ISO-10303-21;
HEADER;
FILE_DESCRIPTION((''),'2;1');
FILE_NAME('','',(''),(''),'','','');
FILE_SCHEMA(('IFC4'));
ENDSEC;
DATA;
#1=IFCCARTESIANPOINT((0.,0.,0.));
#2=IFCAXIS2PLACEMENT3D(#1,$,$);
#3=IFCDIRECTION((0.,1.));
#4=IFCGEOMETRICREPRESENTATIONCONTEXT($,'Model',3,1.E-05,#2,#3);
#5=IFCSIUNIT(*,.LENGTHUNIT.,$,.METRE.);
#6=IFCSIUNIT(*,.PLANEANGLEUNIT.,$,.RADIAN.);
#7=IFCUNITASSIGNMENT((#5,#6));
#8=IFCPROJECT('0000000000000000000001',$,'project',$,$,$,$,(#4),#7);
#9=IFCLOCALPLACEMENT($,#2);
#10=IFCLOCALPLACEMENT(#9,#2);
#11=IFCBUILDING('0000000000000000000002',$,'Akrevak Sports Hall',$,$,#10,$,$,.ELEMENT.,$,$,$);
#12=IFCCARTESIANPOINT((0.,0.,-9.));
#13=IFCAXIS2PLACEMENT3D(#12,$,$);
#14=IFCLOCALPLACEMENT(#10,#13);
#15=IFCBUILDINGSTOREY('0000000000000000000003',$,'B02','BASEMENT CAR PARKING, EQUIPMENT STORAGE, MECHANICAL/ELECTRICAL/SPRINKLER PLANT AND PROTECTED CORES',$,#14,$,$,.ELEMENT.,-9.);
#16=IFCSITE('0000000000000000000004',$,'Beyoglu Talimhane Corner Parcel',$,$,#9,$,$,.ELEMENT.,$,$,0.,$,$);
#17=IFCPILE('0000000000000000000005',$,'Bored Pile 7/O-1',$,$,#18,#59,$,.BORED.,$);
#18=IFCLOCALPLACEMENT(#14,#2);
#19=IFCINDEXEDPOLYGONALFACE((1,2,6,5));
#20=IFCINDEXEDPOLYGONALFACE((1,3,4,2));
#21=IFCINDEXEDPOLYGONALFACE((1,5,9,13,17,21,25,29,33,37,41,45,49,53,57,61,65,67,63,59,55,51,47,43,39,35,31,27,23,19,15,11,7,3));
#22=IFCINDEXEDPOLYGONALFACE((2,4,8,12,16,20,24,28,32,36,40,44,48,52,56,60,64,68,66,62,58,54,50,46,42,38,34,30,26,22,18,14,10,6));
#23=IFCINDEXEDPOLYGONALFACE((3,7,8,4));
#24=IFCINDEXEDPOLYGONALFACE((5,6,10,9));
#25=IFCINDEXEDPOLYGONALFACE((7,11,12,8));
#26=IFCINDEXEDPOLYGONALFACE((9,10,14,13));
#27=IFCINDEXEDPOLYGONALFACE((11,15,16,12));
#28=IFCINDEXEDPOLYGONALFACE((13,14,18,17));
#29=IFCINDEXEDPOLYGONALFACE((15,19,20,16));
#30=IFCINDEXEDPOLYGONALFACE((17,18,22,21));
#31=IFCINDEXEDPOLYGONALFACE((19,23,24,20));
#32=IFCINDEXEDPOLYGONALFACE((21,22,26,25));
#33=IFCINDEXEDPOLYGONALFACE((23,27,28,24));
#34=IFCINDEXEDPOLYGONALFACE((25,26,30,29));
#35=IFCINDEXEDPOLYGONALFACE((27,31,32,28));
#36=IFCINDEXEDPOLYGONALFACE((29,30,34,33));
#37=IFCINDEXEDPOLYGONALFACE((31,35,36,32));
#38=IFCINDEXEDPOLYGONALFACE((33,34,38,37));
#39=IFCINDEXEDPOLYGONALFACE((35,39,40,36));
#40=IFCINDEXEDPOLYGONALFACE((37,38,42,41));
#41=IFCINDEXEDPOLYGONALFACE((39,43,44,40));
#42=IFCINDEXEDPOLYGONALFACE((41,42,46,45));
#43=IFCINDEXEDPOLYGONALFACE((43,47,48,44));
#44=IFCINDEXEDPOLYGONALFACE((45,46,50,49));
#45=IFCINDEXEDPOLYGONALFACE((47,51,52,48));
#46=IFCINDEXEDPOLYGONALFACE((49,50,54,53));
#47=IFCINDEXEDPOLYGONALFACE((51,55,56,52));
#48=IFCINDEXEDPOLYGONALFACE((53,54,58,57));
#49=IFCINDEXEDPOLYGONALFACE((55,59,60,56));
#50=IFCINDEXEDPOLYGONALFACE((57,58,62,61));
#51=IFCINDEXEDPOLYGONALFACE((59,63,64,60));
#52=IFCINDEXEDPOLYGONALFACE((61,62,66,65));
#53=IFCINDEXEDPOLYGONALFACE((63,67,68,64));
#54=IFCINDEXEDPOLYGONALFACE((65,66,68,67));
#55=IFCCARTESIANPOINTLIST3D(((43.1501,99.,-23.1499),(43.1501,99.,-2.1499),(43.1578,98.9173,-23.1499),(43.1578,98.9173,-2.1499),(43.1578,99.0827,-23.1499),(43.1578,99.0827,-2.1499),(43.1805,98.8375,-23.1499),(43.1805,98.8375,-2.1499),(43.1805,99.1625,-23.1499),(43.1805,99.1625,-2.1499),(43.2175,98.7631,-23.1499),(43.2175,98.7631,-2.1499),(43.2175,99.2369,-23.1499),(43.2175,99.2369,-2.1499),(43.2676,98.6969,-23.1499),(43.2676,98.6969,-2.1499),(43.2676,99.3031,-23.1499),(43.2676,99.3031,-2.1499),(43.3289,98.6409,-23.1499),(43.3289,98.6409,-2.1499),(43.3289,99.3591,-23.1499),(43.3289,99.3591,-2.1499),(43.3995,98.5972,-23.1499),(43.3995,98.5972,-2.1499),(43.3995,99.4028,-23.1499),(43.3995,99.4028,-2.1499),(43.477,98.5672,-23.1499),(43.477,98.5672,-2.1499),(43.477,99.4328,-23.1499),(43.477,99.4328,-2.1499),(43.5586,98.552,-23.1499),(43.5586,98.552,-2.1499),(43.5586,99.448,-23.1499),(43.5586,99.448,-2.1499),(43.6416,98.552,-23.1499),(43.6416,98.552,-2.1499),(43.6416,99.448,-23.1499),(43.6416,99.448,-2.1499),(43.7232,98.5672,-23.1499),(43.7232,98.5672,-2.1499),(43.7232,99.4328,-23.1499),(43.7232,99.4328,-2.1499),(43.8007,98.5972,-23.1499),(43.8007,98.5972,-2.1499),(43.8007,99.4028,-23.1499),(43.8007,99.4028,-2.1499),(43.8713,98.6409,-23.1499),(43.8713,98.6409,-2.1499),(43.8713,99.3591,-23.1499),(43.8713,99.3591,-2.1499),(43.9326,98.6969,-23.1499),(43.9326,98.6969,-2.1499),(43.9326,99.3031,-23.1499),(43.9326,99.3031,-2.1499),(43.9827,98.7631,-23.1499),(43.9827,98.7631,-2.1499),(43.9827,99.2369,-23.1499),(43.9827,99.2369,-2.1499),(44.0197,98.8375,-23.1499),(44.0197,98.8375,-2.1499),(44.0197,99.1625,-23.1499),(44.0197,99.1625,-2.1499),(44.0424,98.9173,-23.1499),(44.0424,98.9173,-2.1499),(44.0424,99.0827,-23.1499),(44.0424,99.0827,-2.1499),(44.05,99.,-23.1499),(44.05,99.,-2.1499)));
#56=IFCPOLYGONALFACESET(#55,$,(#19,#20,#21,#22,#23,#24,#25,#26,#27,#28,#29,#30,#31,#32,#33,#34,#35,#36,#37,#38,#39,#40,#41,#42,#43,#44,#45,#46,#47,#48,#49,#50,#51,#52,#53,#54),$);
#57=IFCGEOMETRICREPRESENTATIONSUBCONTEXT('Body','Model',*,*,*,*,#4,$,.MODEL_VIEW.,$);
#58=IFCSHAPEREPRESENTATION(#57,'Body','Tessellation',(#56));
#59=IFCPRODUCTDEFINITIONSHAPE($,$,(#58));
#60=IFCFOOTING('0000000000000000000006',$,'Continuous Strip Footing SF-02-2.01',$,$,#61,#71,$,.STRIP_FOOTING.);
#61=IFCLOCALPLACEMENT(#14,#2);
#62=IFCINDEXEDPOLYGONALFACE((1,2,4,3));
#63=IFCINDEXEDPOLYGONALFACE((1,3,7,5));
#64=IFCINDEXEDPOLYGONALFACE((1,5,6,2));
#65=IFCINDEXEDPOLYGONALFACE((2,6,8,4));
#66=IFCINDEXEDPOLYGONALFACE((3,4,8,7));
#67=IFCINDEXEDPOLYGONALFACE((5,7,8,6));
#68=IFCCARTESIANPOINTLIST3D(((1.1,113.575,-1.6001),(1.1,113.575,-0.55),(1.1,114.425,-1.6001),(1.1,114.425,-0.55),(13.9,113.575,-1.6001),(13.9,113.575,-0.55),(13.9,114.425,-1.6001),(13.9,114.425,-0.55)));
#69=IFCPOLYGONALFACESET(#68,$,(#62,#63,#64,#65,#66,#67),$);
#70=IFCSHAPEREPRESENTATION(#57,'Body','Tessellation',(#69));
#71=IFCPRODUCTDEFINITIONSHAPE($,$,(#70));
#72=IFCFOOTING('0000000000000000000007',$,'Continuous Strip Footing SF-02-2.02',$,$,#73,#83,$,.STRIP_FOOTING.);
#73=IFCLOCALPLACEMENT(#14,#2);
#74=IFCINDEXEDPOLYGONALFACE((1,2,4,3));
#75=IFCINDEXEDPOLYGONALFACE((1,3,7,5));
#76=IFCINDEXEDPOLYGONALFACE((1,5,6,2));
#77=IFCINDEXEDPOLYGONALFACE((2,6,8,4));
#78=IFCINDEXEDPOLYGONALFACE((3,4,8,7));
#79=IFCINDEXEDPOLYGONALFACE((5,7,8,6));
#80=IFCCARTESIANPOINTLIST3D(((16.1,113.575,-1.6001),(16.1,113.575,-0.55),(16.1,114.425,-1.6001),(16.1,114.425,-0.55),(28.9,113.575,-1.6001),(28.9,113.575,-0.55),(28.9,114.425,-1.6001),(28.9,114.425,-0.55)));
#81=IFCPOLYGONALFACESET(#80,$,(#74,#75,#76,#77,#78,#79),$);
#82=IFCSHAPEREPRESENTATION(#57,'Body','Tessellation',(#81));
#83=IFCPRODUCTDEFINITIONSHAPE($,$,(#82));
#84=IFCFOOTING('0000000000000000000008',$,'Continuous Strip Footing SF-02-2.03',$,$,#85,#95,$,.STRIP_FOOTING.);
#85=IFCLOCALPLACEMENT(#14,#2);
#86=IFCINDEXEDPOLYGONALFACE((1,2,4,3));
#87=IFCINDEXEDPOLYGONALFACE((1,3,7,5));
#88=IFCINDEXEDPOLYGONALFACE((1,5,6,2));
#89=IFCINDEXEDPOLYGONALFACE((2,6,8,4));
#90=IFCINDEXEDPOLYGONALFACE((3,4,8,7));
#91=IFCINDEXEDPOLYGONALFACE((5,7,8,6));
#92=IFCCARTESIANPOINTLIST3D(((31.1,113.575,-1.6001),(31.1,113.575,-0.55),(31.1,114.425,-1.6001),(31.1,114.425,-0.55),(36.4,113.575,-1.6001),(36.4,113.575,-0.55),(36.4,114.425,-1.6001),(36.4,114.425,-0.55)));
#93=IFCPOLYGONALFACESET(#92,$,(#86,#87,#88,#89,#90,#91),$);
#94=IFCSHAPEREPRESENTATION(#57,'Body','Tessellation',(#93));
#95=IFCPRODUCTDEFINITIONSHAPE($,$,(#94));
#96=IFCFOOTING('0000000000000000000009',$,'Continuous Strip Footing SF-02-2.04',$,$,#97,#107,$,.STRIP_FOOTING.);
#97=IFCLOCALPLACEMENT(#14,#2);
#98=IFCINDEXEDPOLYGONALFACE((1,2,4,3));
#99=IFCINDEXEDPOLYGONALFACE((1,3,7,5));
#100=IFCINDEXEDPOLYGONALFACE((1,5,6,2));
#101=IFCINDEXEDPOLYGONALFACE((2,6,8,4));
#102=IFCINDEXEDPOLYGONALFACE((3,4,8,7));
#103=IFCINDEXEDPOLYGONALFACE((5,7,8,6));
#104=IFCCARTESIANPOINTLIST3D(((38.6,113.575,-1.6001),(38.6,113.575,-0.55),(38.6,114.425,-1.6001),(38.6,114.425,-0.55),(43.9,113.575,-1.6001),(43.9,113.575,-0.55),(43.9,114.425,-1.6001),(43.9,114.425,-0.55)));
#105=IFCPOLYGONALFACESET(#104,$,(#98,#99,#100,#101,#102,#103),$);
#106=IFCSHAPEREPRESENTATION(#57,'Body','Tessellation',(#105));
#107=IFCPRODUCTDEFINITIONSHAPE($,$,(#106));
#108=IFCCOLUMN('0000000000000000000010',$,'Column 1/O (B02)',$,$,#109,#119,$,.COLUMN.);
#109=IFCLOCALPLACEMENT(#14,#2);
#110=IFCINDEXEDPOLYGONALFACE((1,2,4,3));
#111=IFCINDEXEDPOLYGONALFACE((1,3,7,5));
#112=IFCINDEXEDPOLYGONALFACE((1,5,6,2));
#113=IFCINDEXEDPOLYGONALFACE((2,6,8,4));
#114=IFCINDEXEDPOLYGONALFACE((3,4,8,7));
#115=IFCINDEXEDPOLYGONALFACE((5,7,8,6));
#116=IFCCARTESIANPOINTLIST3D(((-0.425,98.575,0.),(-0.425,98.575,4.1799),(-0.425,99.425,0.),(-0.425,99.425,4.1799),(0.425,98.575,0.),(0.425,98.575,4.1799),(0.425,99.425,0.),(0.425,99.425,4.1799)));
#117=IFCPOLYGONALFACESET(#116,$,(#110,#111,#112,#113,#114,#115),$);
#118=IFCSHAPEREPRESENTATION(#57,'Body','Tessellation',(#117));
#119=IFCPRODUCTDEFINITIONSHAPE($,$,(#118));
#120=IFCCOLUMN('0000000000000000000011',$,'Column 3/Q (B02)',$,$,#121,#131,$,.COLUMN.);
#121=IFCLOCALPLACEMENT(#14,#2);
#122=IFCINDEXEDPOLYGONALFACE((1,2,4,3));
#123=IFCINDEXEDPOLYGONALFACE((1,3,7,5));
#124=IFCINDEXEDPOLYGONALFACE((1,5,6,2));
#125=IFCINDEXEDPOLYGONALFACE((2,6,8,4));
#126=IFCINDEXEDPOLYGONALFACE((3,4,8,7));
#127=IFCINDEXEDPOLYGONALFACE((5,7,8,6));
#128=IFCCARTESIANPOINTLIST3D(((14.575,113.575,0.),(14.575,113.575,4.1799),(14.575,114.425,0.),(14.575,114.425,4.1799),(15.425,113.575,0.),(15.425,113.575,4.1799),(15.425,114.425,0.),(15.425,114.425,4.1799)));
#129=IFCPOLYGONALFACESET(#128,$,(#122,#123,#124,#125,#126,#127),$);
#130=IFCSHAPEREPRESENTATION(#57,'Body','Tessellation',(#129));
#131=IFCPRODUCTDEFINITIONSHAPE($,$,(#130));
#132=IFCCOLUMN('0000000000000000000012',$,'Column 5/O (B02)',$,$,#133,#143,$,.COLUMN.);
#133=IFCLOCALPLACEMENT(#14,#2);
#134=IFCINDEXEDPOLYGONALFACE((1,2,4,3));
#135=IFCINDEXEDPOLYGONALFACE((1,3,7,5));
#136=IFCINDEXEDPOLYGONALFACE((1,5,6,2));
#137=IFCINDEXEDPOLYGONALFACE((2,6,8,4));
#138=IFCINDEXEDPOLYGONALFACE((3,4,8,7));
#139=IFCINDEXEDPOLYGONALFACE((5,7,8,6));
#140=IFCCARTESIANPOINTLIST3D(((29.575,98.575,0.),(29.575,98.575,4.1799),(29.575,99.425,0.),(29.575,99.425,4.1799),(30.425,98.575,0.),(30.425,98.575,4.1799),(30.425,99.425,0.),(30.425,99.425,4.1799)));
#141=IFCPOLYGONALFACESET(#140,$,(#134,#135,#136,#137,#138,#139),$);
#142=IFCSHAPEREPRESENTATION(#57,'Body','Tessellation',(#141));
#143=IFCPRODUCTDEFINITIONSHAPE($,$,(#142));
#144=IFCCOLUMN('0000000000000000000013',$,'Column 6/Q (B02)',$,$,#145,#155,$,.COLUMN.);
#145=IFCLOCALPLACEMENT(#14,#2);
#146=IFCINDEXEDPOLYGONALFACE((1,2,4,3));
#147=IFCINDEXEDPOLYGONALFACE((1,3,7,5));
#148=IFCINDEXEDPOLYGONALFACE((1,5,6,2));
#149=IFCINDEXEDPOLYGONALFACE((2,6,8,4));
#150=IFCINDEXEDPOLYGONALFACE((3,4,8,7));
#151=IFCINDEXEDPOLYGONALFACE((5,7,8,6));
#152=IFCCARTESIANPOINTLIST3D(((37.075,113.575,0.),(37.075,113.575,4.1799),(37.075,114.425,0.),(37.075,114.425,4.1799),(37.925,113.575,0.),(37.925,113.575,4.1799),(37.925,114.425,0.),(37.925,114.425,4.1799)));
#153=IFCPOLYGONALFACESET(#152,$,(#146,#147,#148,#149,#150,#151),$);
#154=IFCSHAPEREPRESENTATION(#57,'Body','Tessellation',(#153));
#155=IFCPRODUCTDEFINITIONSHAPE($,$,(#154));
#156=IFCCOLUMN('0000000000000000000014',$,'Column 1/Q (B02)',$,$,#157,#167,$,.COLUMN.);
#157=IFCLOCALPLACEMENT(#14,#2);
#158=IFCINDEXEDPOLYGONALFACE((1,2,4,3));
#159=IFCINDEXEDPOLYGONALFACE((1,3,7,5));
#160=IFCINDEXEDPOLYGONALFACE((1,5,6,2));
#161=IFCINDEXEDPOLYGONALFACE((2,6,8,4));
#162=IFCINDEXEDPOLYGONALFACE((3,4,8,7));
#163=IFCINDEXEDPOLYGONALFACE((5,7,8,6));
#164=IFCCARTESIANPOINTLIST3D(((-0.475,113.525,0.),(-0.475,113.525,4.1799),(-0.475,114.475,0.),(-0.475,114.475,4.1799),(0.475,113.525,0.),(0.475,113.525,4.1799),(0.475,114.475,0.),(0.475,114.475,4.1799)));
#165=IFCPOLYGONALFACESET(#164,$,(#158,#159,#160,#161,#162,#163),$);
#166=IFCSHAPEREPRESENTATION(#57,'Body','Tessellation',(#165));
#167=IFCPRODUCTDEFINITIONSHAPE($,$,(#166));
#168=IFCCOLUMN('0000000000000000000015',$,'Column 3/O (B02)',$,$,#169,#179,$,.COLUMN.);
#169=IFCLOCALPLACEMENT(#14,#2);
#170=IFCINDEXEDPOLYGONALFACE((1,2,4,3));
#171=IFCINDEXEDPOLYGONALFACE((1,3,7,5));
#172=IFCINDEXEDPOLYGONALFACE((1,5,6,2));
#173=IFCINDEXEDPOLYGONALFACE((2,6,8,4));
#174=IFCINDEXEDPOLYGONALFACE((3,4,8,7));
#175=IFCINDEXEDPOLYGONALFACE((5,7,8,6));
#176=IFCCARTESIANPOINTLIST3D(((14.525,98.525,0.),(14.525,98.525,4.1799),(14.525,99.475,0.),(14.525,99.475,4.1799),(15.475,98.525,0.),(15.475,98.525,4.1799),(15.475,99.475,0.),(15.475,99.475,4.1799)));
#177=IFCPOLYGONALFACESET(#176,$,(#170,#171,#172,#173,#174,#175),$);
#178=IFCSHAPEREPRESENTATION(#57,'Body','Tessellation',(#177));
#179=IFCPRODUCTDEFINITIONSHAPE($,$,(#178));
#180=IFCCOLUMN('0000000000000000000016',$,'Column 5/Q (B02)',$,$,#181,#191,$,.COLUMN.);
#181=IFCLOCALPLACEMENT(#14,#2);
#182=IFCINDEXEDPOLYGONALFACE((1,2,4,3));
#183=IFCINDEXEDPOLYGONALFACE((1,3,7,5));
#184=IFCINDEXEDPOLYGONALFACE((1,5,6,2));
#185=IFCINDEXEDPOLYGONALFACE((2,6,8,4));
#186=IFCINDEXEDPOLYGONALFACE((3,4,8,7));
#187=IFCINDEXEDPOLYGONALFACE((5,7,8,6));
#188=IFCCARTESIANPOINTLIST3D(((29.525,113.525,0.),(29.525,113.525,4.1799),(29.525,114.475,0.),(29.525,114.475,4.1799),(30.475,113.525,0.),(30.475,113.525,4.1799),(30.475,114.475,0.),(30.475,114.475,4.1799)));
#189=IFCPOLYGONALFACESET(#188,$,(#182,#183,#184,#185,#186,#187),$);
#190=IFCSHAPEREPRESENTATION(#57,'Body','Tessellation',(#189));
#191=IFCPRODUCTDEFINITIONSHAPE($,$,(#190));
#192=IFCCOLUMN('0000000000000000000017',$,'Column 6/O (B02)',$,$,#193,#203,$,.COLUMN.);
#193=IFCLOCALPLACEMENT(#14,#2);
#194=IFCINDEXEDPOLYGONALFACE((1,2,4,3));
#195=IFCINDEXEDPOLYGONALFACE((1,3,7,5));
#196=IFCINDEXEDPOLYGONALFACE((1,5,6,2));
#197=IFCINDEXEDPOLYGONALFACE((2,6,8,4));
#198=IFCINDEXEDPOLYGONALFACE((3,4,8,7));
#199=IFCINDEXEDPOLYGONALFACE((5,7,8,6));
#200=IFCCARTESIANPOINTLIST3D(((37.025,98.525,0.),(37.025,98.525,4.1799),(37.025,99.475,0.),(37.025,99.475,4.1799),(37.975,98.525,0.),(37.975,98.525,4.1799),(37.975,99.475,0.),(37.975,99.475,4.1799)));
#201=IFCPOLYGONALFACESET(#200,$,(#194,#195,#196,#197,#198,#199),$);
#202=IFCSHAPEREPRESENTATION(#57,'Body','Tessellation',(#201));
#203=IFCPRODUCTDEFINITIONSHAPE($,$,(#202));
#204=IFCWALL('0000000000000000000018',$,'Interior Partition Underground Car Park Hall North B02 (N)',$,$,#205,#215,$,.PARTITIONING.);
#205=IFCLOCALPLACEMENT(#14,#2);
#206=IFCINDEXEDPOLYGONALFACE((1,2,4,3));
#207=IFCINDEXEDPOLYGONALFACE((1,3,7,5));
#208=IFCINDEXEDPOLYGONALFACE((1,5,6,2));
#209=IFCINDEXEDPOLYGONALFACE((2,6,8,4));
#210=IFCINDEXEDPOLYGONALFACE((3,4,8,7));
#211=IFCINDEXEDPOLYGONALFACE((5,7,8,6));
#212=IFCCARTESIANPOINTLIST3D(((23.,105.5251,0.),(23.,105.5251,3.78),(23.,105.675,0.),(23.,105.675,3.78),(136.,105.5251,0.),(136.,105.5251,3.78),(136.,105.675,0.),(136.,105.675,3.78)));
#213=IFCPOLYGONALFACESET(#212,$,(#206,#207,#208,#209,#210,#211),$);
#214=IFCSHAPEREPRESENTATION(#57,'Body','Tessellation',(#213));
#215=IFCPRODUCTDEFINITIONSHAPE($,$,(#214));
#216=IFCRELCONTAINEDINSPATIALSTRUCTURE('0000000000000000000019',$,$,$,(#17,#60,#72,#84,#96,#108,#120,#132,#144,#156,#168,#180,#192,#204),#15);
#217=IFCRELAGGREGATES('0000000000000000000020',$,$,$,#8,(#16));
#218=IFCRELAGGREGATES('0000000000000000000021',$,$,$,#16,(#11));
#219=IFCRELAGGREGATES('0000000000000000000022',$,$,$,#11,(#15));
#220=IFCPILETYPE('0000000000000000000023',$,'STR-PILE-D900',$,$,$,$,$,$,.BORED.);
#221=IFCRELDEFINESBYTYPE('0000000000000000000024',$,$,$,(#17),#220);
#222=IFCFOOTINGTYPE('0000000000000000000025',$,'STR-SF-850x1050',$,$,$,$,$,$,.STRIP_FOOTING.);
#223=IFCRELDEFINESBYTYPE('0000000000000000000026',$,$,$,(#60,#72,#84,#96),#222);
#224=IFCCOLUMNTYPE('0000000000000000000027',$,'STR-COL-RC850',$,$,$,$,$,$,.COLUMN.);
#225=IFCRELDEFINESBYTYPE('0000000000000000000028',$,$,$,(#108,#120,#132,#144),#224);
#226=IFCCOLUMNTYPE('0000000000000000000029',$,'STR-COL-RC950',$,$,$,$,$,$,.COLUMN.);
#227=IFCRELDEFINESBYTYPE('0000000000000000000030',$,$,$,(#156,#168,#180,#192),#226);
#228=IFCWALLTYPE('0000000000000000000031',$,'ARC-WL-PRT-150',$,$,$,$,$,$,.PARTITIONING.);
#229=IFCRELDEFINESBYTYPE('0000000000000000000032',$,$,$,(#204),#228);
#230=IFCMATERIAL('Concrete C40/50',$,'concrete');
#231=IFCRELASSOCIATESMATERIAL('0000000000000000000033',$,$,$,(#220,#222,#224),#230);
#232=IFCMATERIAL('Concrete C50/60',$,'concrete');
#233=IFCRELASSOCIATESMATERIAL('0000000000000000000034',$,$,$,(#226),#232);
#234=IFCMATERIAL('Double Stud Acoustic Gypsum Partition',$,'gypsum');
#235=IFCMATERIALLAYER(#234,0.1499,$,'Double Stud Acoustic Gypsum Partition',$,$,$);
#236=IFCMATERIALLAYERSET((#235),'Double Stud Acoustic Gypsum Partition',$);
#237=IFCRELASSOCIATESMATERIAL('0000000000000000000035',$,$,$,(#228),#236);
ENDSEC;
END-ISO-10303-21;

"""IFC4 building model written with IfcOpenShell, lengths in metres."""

from ifc_helpers import new_model, si_unit, direction, frame, frame_2d, origin, origin_2d, place, context, subcontext, project, spatial, rectangle, circle, extrude, material, layer, layer_set, material_profile, profile_set, type_object, element, save


model = new_model("IFC4")

# Units and contexts
model_context = context("Model", 3, precision=1e-05, world=origin(), true_north=direction((0.0, 1.0)))
body_context = subcontext(model_context, "Body", "Model", "MODEL_VIEW")
ifc_project = project(units=[si_unit("LENGTHUNIT", "METRE"), si_unit("PLANEANGLEUNIT", "RADIAN")], contexts=[model_context])

# Site, building, storey
site_placement = place(None, origin())
site = spatial("IfcSite", under=ifc_project, at=site_placement, Name="Beyoglu Talimhane Corner Parcel", CompositionType="ELEMENT", RefElevation=0.0)
building_placement = place(site_placement, origin())
building = spatial("IfcBuilding", under=site, at=building_placement, Name="Akrevak Sports Hall", CompositionType="ELEMENT")
storey_placement = place(building_placement, frame((0.0, 0.0, -9.0)))
storey = spatial("IfcBuildingStorey", under=building, at=storey_placement, Name="B02", Description="BASEMENT CAR PARKING, EQUIPMENT STORAGE, MECHANICAL/ELECTRICAL/SPRINKLER PLANT AND PROTECTED CORES", CompositionType="ELEMENT", Elevation=-9.0)

# Shared definitions
ifc_material_1 = material(Name="Concrete C40/50", Category="concrete")

# Pile
ifc_material_profile_1 = material_profile(ifc_material_1, circle(Radius=0.45, at=origin_2d()), Name="BORED PILE D900", Category="concrete")
ifc_profile_set_1 = profile_set([ifc_material_profile_1], Name="Concrete C40/50")
pile_type_1 = type_object("IfcPileType", Name="STR-PILE-D900", PredefinedType="BORED", material=ifc_profile_set_1)
for number, where, z_axis, x_axis, name in (
    (1, (43.6001, 99.0, -2.1499), (0.0, 0.0, -1.0), (1.0, 0.0, 0.0), "Bored Pile 7/O-1"),
):
    element("IfcPile", number, at=place(storey_placement, frame(where, z_axis=z_axis, x_axis=x_axis)), inside=storey, type_object=pile_type_1, Name=name, PredefinedType="BORED", context=body_context, shape_type="SweptSolid", body=[
        extrude(circle(Radius=0.45, at=origin_2d()), origin(), (0.0, 0.0, 1.0), 21.0),
    ])

# Footings
footing_type_1 = type_object("IfcFootingType", Name="STR-SF-850x1050", PredefinedType="STRIP_FOOTING", material=ifc_material_1)
for number, where, z_axis, x_axis, name in (
    (2, (7.5, 114.0, -1.6001), (0.0, 0.0, 1.0), (1.0, 0.0, 0.0), "Continuous Strip Footing SF-02-2.01"),
    (3, (22.5, 114.0, -1.6001), (0.0, 0.0, 1.0), (1.0, 0.0, 0.0), "Continuous Strip Footing SF-02-2.02"),
):
    element("IfcFooting", number, at=place(storey_placement, frame(where, z_axis=z_axis, x_axis=x_axis)), inside=storey, type_object=footing_type_1, Name=name, PredefinedType="STRIP_FOOTING", context=body_context, shape_type="SweptSolid", body=[
        extrude(rectangle(XDim=12.8, YDim=0.8501, at=origin_2d()), origin(), (0.0, 0.0, 1.0), 1.05),
    ])
for number, where, z_axis, x_axis, name in (
    (4, (33.75, 114.0, -1.6001), (0.0, 0.0, 1.0), (1.0, 0.0, 0.0), "Continuous Strip Footing SF-02-2.03"),
    (5, (41.25, 114.0, -1.6001), (0.0, 0.0, 1.0), (1.0, 0.0, 0.0), "Continuous Strip Footing SF-02-2.04"),
):
    element("IfcFooting", number, at=place(storey_placement, frame(where, z_axis=z_axis, x_axis=x_axis)), inside=storey, type_object=footing_type_1, Name=name, PredefinedType="STRIP_FOOTING", context=body_context, shape_type="SweptSolid", body=[
        extrude(rectangle(XDim=5.3, YDim=0.8501, at=origin_2d()), origin(), (0.0, 0.0, 1.0), 1.05),
    ])

# Columns
ifc_material_profile_2 = material_profile(ifc_material_1, rectangle(XDim=0.8501, YDim=0.8501, at=origin_2d()), Name="RC 850x850", Category="concrete")
ifc_profile_set_2 = profile_set([ifc_material_profile_2], Name="Concrete C40/50")
column_type_1 = type_object("IfcColumnType", Name="STR-COL-RC850", PredefinedType="COLUMN", material=ifc_profile_set_2)
for number, where, z_axis, x_axis, name in (
    (6, (0.0, 99.0, 0.0), (0.0, 0.0, 1.0), (1.0, 0.0, 0.0), "Column 1/O (B02)"),
    (7, (15.0, 114.0, 0.0), (0.0, 0.0, 1.0), (1.0, 0.0, 0.0), "Column 3/Q (B02)"),
    (8, (30.0, 99.0, 0.0), (0.0, 0.0, 1.0), (1.0, 0.0, 0.0), "Column 5/O (B02)"),
    (9, (37.5, 114.0, 0.0), (0.0, 0.0, 1.0), (1.0, 0.0, 0.0), "Column 6/Q (B02)"),
):
    element("IfcColumn", number, at=place(storey_placement, frame(where, z_axis=z_axis, x_axis=x_axis)), inside=storey, type_object=column_type_1, Name=name, PredefinedType="COLUMN", context=body_context, shape_type="SweptSolid", body=[
        extrude(rectangle(XDim=0.8501, YDim=0.8501, at=origin_2d()), origin(), (0.0, 0.0, 1.0), 4.1799),
    ])
ifc_material_2 = material(Name="Concrete C50/60", Category="concrete")
ifc_material_profile_3 = material_profile(ifc_material_2, rectangle(XDim=0.95, YDim=0.95, at=origin_2d()), Name="RC 950x950", Category="concrete")
ifc_profile_set_3 = profile_set([ifc_material_profile_3], Name="Concrete C50/60")
column_type_2 = type_object("IfcColumnType", Name="STR-COL-RC950", PredefinedType="COLUMN", material=ifc_profile_set_3)
for number, where, z_axis, x_axis, name in (
    (10, (0.0, 114.0, 0.0), (0.0, 0.0, 1.0), (1.0, 0.0, 0.0), "Column 1/Q (B02)"),
    (11, (15.0, 99.0, 0.0), (0.0, 0.0, 1.0), (1.0, 0.0, 0.0), "Column 3/O (B02)"),
    (12, (30.0, 114.0, 0.0), (0.0, 0.0, 1.0), (1.0, 0.0, 0.0), "Column 5/Q (B02)"),
    (13, (37.5, 99.0, 0.0), (0.0, 0.0, 1.0), (1.0, 0.0, 0.0), "Column 6/O (B02)"),
):
    element("IfcColumn", number, at=place(storey_placement, frame(where, z_axis=z_axis, x_axis=x_axis)), inside=storey, type_object=column_type_2, Name=name, PredefinedType="COLUMN", context=body_context, shape_type="SweptSolid", body=[
        extrude(rectangle(XDim=0.95, YDim=0.95, at=origin_2d()), origin(), (0.0, 0.0, 1.0), 4.1799),
    ])

# Wall
ifc_material_3 = material(Name="Double Stud Acoustic Gypsum Partition", Category="gypsum")
ifc_layer_1 = layer(ifc_material_3, 0.1499, Name="Double Stud Acoustic Gypsum Partition")
ifc_layer_set_1 = layer_set([ifc_layer_1], Name="Double Stud Acoustic Gypsum Partition")
wall_type_1 = type_object("IfcWallType", Name="ARC-WL-PRT-150", PredefinedType="PARTITIONING", material=ifc_layer_set_1)
wall_1_placement = place(storey_placement, frame((23.0, 105.6001, 0.0), z_axis=(0.0, 0.0, 1.0), x_axis=(1.0, 0.0, 0.0)))
element("IfcWall", 14, at=wall_1_placement, inside=storey, type_object=wall_type_1, Name="Interior Partition Underground Car Park Hall North B02 (N)", PredefinedType="PARTITIONING", context=body_context, shape_type="SweptSolid", body=[
    extrude(rectangle(XDim=113.0, YDim=0.1499, at=frame_2d((56.5, 0.0))), origin(), (0.0, 0.0, 1.0), 3.78),
])

save(model, "model.ifc")
